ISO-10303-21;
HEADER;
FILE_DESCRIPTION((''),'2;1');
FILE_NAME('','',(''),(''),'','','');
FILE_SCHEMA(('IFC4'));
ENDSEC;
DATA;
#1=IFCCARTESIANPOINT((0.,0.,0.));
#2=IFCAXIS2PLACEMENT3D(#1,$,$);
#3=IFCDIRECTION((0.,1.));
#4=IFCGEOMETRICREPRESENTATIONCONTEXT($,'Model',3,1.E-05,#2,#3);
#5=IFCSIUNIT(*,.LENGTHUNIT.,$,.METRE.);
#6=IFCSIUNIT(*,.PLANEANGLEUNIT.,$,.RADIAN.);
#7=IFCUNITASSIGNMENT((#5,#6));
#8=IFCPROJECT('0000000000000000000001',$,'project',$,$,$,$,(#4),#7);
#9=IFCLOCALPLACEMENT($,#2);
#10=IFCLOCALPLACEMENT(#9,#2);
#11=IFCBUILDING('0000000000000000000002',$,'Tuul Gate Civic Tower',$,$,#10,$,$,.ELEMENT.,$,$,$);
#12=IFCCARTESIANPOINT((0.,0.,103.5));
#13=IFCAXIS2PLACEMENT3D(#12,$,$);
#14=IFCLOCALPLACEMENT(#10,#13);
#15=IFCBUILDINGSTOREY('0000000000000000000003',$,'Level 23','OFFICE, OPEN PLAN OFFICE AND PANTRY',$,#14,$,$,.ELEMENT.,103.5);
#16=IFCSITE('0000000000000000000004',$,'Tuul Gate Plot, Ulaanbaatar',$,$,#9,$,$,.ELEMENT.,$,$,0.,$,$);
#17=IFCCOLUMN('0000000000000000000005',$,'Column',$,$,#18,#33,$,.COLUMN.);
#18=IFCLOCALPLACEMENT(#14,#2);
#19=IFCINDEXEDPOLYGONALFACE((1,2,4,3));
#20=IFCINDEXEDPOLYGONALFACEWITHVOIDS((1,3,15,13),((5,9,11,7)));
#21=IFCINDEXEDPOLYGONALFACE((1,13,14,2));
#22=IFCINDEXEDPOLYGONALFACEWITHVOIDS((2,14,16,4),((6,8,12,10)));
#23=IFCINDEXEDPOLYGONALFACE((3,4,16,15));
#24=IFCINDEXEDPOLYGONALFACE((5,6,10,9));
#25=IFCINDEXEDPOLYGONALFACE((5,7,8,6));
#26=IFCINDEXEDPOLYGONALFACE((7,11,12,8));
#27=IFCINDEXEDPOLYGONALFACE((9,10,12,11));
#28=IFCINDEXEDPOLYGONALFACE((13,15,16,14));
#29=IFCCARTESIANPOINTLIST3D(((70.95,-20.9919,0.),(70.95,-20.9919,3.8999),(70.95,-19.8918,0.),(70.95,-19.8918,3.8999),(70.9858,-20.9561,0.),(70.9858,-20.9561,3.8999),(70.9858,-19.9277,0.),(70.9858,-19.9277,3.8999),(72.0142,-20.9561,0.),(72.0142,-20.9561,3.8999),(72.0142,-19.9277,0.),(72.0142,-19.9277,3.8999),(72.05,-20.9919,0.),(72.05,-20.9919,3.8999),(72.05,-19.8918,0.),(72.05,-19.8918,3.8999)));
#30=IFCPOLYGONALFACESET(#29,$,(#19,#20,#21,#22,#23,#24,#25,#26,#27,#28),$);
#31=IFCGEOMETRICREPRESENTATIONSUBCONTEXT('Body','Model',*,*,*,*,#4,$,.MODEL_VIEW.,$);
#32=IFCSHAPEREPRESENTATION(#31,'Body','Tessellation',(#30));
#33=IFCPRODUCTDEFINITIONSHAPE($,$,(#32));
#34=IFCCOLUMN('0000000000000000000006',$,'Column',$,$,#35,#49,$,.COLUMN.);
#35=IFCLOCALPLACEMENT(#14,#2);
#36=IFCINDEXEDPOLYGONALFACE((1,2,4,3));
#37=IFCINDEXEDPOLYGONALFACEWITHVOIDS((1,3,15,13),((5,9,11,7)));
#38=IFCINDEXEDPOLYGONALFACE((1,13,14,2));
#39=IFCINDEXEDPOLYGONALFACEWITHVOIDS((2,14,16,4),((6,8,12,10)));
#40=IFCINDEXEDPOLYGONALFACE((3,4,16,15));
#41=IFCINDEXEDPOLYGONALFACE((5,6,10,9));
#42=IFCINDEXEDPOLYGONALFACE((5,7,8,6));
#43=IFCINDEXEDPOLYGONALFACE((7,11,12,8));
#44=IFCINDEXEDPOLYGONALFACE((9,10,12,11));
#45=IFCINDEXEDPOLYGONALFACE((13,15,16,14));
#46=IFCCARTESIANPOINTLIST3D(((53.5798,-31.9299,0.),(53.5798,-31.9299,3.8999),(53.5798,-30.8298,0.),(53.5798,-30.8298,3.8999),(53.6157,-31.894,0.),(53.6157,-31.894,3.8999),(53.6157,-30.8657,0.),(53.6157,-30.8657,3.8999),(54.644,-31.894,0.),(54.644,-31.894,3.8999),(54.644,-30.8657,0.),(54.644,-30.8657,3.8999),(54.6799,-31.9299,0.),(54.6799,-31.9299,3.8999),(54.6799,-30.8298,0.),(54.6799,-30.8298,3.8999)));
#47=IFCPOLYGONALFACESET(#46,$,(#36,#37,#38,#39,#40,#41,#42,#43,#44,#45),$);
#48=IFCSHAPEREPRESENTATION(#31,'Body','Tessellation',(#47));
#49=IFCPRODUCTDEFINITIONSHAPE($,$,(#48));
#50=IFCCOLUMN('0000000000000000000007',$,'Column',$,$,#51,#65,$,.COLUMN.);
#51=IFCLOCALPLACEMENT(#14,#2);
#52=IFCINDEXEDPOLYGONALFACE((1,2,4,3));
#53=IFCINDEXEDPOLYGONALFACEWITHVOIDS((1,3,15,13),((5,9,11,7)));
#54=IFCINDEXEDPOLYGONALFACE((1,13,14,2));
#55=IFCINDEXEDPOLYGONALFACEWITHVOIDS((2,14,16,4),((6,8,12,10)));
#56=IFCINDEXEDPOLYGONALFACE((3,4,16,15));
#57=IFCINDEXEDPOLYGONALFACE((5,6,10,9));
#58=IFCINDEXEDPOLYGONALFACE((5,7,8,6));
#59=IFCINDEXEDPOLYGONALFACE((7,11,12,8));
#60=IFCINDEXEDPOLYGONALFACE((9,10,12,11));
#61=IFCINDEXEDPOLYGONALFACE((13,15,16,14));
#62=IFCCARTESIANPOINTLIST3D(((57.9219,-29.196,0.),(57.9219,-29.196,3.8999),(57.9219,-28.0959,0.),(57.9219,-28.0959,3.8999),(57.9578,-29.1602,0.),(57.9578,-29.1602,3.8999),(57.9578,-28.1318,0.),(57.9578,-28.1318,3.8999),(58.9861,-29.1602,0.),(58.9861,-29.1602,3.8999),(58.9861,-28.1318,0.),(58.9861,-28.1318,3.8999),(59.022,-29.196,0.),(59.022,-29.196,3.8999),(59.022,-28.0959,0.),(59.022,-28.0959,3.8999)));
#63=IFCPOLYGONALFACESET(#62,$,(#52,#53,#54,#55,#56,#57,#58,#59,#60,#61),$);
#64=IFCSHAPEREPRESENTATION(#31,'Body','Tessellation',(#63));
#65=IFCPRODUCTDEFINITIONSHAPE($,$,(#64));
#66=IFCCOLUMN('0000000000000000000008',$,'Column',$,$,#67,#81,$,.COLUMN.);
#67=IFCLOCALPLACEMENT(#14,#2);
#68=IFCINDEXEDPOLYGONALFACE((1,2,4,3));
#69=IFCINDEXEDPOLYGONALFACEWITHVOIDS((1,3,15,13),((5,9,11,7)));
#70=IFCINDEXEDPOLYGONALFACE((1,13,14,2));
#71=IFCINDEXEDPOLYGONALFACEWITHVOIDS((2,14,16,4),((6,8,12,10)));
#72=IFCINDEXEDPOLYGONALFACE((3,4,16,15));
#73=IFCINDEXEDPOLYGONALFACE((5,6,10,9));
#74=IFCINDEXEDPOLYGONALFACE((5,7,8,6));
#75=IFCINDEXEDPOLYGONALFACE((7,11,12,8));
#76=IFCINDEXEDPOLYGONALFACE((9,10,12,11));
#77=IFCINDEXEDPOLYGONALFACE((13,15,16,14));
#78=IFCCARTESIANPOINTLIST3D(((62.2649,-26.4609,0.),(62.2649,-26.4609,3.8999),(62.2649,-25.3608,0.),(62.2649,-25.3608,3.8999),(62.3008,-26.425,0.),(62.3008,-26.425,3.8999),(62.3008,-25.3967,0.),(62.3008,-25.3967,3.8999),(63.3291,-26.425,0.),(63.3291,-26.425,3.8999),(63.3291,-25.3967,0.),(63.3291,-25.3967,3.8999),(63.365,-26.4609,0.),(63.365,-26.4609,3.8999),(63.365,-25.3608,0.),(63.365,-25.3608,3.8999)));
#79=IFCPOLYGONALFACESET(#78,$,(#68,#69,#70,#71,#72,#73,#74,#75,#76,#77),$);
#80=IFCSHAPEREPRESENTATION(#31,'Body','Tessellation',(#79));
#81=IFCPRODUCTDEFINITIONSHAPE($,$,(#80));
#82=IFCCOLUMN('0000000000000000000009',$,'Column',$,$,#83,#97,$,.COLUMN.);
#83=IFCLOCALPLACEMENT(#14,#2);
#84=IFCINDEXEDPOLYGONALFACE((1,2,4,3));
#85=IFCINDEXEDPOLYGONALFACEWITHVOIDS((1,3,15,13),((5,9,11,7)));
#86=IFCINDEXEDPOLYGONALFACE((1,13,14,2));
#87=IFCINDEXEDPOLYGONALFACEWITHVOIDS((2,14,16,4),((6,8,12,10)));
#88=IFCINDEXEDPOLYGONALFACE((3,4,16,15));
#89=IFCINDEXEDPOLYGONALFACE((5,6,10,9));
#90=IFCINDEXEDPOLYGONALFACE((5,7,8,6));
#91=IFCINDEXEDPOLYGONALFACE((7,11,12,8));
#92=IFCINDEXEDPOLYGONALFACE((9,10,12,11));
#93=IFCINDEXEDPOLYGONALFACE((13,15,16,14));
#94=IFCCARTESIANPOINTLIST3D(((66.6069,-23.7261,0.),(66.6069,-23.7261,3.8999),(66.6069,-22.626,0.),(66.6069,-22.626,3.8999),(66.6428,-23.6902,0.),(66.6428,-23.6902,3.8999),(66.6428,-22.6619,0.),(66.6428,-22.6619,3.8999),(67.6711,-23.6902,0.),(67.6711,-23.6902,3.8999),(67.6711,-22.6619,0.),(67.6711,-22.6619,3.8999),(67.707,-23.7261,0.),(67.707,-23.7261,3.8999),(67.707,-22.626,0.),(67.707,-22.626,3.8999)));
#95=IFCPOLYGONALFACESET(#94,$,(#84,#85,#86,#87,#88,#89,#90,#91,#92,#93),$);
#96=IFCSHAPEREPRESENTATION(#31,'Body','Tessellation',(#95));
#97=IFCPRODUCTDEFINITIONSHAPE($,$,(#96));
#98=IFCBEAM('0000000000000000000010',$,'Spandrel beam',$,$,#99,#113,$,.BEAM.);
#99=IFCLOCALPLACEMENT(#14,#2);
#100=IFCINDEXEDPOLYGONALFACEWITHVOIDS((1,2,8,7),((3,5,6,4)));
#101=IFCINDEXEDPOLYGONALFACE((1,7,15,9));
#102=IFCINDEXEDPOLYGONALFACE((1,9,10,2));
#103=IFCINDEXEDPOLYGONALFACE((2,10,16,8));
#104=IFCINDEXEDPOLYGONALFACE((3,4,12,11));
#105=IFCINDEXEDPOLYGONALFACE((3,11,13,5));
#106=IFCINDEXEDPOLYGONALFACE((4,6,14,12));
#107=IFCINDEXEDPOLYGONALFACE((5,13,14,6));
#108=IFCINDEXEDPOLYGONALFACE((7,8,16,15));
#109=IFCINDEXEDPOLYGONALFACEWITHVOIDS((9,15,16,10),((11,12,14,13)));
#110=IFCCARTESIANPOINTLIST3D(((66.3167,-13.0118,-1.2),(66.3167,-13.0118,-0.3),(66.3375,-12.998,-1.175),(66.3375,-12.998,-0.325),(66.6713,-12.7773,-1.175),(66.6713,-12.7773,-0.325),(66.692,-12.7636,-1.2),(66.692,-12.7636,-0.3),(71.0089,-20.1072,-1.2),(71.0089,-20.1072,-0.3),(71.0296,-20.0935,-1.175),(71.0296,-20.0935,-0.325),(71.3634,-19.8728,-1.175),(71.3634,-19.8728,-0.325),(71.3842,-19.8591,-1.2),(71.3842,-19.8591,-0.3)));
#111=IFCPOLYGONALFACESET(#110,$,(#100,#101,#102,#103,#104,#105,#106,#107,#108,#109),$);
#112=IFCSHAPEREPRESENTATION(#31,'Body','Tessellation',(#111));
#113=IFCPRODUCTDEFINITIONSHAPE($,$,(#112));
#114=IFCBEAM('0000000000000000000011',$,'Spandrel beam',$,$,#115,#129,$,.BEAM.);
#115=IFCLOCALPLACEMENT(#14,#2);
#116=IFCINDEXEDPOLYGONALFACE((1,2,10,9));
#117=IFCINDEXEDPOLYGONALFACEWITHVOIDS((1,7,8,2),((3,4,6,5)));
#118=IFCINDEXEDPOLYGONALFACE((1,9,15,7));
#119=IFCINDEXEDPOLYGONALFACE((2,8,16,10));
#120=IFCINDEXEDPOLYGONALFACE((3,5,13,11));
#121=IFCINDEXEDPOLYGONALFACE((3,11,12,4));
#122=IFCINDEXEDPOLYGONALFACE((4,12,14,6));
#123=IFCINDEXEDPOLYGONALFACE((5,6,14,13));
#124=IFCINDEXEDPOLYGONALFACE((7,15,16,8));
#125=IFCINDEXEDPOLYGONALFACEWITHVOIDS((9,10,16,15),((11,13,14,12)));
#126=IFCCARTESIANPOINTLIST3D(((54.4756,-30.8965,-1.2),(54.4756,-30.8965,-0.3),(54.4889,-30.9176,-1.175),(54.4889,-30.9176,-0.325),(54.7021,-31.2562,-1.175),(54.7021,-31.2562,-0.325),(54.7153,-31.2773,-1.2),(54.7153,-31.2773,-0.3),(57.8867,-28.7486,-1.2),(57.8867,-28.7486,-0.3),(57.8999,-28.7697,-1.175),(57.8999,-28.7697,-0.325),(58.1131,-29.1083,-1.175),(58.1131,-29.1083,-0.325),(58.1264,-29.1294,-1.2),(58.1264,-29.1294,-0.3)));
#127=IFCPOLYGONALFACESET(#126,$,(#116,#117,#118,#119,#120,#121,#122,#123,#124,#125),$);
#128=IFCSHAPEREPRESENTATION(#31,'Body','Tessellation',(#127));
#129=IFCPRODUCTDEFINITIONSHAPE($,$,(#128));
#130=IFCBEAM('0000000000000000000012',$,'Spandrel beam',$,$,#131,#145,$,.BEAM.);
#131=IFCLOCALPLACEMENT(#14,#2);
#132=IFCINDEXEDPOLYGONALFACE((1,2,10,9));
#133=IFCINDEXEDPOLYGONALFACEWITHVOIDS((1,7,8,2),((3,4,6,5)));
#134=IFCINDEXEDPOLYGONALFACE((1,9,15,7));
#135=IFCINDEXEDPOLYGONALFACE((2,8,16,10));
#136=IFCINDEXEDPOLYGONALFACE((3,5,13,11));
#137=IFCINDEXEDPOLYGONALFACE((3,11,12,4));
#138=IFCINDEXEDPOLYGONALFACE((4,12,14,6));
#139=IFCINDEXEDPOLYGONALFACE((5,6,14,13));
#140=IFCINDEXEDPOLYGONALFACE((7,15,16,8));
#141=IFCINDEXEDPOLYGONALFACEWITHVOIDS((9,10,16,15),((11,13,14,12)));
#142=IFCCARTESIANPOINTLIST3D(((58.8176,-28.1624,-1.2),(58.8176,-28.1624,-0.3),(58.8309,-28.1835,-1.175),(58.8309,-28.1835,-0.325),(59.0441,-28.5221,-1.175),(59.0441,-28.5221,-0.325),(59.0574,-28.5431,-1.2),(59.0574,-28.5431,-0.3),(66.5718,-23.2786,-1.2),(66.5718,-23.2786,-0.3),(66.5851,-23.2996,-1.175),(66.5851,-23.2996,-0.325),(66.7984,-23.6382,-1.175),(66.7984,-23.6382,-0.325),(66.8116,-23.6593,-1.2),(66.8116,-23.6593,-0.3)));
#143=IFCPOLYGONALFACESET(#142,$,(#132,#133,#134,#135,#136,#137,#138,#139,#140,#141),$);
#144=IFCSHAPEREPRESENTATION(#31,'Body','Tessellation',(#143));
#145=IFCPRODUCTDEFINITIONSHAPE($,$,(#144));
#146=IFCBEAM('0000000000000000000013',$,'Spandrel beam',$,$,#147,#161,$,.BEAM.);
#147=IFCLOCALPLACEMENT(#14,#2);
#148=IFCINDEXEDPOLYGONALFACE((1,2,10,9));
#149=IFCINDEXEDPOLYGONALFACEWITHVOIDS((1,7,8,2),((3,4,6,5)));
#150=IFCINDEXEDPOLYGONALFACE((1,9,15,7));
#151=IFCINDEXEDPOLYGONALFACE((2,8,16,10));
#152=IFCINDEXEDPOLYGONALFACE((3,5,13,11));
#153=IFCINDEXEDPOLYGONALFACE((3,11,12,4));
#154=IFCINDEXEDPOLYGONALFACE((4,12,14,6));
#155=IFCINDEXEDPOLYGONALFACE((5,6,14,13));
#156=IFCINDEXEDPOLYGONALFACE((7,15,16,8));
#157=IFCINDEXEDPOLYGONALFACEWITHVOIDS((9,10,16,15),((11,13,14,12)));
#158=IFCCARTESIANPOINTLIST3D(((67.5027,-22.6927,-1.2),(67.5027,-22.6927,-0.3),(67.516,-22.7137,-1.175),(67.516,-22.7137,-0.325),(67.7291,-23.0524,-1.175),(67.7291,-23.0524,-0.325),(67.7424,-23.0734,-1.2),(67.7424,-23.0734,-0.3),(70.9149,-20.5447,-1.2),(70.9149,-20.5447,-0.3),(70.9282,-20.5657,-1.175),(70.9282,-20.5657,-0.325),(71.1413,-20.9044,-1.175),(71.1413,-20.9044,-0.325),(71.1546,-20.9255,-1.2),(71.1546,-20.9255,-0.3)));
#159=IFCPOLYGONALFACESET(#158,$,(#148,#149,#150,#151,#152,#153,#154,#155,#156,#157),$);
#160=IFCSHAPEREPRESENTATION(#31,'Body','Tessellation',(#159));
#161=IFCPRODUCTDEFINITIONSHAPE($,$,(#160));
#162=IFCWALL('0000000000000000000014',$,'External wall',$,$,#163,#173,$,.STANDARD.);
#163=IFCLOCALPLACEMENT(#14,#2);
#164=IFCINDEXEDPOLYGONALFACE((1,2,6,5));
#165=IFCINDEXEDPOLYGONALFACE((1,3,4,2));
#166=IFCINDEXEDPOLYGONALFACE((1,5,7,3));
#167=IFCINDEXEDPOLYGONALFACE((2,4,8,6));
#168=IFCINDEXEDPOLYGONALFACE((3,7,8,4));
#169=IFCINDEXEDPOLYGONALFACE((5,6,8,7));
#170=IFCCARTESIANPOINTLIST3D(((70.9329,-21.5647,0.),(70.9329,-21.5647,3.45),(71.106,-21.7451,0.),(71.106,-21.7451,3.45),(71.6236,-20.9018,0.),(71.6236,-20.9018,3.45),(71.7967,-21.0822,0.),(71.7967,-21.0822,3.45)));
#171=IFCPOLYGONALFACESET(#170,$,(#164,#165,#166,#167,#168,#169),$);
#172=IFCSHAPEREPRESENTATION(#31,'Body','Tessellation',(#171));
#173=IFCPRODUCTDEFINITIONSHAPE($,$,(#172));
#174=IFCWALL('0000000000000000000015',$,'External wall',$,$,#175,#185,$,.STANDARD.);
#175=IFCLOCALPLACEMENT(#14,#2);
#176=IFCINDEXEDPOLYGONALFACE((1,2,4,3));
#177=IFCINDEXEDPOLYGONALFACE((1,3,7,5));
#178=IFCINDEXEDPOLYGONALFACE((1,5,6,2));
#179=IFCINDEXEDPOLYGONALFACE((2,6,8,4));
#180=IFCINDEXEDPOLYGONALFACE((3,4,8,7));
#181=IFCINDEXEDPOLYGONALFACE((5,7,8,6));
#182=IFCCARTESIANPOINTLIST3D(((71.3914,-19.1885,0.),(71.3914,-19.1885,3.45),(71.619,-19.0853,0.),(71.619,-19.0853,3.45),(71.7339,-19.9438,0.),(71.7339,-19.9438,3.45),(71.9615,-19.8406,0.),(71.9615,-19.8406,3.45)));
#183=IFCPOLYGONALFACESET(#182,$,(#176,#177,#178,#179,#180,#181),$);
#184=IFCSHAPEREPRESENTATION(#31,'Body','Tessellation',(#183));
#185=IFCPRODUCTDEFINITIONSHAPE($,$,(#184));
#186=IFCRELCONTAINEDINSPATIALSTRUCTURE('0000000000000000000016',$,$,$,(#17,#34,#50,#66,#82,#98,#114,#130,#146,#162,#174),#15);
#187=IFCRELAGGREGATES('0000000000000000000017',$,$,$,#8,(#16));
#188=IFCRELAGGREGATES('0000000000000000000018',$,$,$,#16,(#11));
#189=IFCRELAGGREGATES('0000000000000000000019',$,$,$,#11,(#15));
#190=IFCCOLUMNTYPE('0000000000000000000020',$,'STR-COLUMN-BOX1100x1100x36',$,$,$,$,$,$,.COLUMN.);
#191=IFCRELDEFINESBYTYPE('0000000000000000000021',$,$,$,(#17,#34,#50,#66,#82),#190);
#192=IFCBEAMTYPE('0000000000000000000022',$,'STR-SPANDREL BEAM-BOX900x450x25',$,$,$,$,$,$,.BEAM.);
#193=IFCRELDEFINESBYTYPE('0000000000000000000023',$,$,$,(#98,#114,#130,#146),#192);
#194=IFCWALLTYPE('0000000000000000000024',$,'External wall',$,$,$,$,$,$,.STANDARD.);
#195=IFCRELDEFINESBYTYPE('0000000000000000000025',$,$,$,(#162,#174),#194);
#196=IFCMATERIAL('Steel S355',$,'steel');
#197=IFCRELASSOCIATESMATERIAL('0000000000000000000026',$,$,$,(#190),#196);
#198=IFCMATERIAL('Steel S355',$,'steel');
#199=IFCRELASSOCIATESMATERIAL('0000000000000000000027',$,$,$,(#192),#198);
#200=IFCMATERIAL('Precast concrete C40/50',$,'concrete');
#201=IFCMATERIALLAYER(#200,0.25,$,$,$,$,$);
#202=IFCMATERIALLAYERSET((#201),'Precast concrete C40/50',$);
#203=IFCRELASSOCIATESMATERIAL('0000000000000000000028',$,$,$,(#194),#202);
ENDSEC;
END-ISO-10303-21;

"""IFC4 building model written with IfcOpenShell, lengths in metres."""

from ifc_helpers import new_model, si_unit, direction, frame, frame_2d, origin, origin_2d, place, context, subcontext, project, spatial, rectangle, hollow_rectangle, extrude, material, layer, layer_set, material_profile, profile_set, type_object, element, save


model = new_model("IFC4")

# Units and contexts
model_context = context("Model", 3, precision=1e-05, world=origin(), true_north=direction((0.0, 1.0)))
body_context = subcontext(model_context, "Body", "Model", "MODEL_VIEW")
ifc_project = project(units=[si_unit("LENGTHUNIT", "METRE"), si_unit("PLANEANGLEUNIT", "RADIAN")], contexts=[model_context])

# Site, building, storey
site_placement = place(None, origin())
site = spatial("IfcSite", under=ifc_project, at=site_placement, Name="Tuul Gate Plot, Ulaanbaatar", CompositionType="ELEMENT", RefElevation=0.0)
building_placement = place(site_placement, origin())
building = spatial("IfcBuilding", under=site, at=building_placement, Name="Tuul Gate Civic Tower", CompositionType="ELEMENT")
storey_placement = place(building_placement, frame((0.0, 0.0, 103.5)))
storey = spatial("IfcBuildingStorey", under=building, at=storey_placement, Name="Level 23", Description="OFFICE, OPEN PLAN OFFICE AND PANTRY", CompositionType="ELEMENT", Elevation=103.5)

# Columns
ifc_material_1 = material(Name="Steel S355", Category="steel")
ifc_material_profile_1 = material_profile(ifc_material_1, hollow_rectangle(XDim=1.1001, YDim=1.1001, WallThickness=0.0359, at=origin_2d()), Name="BOX1100x1100x36")
ifc_profile_set_1 = profile_set([ifc_material_profile_1], Name="Steel S355")
column_type = type_object("IfcColumnType", Name="STR-COLUMN-BOX1100x1100x36", PredefinedType="COLUMN", material=ifc_profile_set_1)
for number, where, z_axis, x_axis, name in (
    (1, (71.5, -20.4419, 0.0), (0.0, 0.0, 1.0), (1.0, 0.0, 0.0), "Column"),
    (2, (54.1299, -31.3799, 0.0), (0.0, 0.0, 1.0), (1.0, 0.0, 0.0), "Column"),
    (3, (58.4719, -28.646, 0.0), (0.0, 0.0, 1.0), (1.0, 0.0, 0.0), "Column"),
    (4, (62.8149, -25.9109, 0.0), (0.0, 0.0, 1.0), (1.0, 0.0, 0.0), "Column"),
    (5, (67.157, -23.176, 0.0), (0.0, 0.0, 1.0), (1.0, 0.0, 0.0), "Column"),
):
    element("IfcColumn", number, at=place(storey_placement, frame(where, z_axis=z_axis, x_axis=x_axis)), inside=storey, type_object=column_type, Name=name, PredefinedType="COLUMN", context=body_context, shape_type="SweptSolid", body=[
        extrude(hollow_rectangle(XDim=1.1001, YDim=1.1001, WallThickness=0.0359, at=origin_2d()), origin(), (0.0, 0.0, 1.0), 3.8999),
    ])

# Beams
ifc_material_2 = material(Name="Steel S355", Category="steel")
ifc_material_profile_2 = material_profile(ifc_material_2, hollow_rectangle(XDim=0.45, YDim=0.8999, WallThickness=0.0249, at=origin_2d()), Name="BOX900x450x25")
ifc_profile_set_2 = profile_set([ifc_material_profile_2], Name="Steel S355")
beam_type = type_object("IfcBeamType", Name="STR-SPANDREL BEAM-BOX900x450x25", PredefinedType="BEAM", material=ifc_profile_set_2)
beam_1_placement = place(storey_placement, frame((71.1965, -19.9832, -0.75), z_axis=(-0.55159, 0.834115, 0.0), x_axis=(-0.834115, -0.55159, 0.0)))
element("IfcBeam", 6, at=beam_1_placement, inside=storey, type_object=beam_type, Name="Spandrel beam", PredefinedType="BEAM", context=body_context, shape_type="SweptSolid", body=[
    extrude(hollow_rectangle(XDim=0.45, YDim=0.8999, WallThickness=0.0249, at=origin_2d()), origin(), (0.0, 0.0, 1.0), 8.5066),
])
beam_2_placement = place(storey_placement, frame((54.5955, -31.0869, -0.75), z_axis=(0.846211, 0.532849, 0.0), x_axis=(-0.532849, 0.846211, 0.0)))
element("IfcBeam", 7, at=beam_2_placement, inside=storey, type_object=beam_type, Name="Spandrel beam", PredefinedType="BEAM", context=body_context, shape_type="SweptSolid", body=[
    extrude(hollow_rectangle(XDim=0.45, YDim=0.8999, WallThickness=0.0249, at=origin_2d()), origin(), (0.0, 0.0, 1.0), 4.031),
])
beam_3_placement = place(storey_placement, frame((58.9375, -28.3528, -0.75), z_axis=(0.846157, 0.532934, 0.0), x_axis=(-0.532934, 0.846157, 0.0)))
element("IfcBeam", 8, at=beam_3_placement, inside=storey, type_object=beam_type, Name="Spandrel beam", PredefinedType="BEAM", context=body_context, shape_type="SweptSolid", body=[
    extrude(hollow_rectangle(XDim=0.45, YDim=0.8999, WallThickness=0.0249, at=origin_2d()), origin(), (0.0, 0.0, 1.0), 9.1641),
])
beam_4_placement = place(storey_placement, frame((67.6226, -22.8831, -0.75), z_axis=(0.846279, 0.532739, 0.0), x_axis=(-0.532739, 0.846279, 0.0)))
element("IfcBeam", 9, at=beam_4_placement, inside=storey, type_object=beam_type, Name="Spandrel beam", PredefinedType="BEAM", context=body_context, shape_type="SweptSolid", body=[
    extrude(hollow_rectangle(XDim=0.45, YDim=0.8999, WallThickness=0.0249, at=origin_2d()), origin(), (0.0, 0.0, 1.0), 4.032),
])

# Walls
ifc_material_3 = material(Name="Precast concrete C40/50", Category="concrete")
ifc_layer_1 = layer(ifc_material_3, 0.25)
ifc_layer_set_1 = layer_set([ifc_layer_1], Name="Precast concrete C40/50")
wall_type_1 = type_object("IfcWallType", Name="External wall", PredefinedType="STANDARD", material=ifc_layer_set_1)
wall_1_placement = place(storey_placement, frame((71.0195, -21.6548, 0.0), z_axis=(0.0, 0.0, 1.0), x_axis=(0.721494, 0.69242, 0.0)))
element("IfcWall", 10, at=wall_1_placement, inside=storey, type_object=wall_type_1, Name="External wall", PredefinedType="STANDARD", context=body_context, shape_type="SweptSolid", body=[
    extrude(rectangle(XDim=0.9573, YDim=0.25, at=frame_2d((0.4785, 0.0))), origin(), (0.0, 0.0, 1.0), 3.45),
])
wall_2_placement = place(storey_placement, frame((71.8477, -19.8921, 0.0), z_axis=(0.0, 0.0, 1.0), x_axis=(-0.412982, 0.910739, 0.0)))
element("IfcWall", 11, at=wall_2_placement, inside=storey, type_object=wall_type_1, Name="External wall", PredefinedType="STANDARD", context=body_context, shape_type="SweptSolid", body=[
    extrude(rectangle(XDim=0.8293, YDim=0.25, at=frame_2d((0.4146, 0.0))), origin(), (0.0, 0.0, 1.0), 3.45),
])

save(model, "model.ifc")
